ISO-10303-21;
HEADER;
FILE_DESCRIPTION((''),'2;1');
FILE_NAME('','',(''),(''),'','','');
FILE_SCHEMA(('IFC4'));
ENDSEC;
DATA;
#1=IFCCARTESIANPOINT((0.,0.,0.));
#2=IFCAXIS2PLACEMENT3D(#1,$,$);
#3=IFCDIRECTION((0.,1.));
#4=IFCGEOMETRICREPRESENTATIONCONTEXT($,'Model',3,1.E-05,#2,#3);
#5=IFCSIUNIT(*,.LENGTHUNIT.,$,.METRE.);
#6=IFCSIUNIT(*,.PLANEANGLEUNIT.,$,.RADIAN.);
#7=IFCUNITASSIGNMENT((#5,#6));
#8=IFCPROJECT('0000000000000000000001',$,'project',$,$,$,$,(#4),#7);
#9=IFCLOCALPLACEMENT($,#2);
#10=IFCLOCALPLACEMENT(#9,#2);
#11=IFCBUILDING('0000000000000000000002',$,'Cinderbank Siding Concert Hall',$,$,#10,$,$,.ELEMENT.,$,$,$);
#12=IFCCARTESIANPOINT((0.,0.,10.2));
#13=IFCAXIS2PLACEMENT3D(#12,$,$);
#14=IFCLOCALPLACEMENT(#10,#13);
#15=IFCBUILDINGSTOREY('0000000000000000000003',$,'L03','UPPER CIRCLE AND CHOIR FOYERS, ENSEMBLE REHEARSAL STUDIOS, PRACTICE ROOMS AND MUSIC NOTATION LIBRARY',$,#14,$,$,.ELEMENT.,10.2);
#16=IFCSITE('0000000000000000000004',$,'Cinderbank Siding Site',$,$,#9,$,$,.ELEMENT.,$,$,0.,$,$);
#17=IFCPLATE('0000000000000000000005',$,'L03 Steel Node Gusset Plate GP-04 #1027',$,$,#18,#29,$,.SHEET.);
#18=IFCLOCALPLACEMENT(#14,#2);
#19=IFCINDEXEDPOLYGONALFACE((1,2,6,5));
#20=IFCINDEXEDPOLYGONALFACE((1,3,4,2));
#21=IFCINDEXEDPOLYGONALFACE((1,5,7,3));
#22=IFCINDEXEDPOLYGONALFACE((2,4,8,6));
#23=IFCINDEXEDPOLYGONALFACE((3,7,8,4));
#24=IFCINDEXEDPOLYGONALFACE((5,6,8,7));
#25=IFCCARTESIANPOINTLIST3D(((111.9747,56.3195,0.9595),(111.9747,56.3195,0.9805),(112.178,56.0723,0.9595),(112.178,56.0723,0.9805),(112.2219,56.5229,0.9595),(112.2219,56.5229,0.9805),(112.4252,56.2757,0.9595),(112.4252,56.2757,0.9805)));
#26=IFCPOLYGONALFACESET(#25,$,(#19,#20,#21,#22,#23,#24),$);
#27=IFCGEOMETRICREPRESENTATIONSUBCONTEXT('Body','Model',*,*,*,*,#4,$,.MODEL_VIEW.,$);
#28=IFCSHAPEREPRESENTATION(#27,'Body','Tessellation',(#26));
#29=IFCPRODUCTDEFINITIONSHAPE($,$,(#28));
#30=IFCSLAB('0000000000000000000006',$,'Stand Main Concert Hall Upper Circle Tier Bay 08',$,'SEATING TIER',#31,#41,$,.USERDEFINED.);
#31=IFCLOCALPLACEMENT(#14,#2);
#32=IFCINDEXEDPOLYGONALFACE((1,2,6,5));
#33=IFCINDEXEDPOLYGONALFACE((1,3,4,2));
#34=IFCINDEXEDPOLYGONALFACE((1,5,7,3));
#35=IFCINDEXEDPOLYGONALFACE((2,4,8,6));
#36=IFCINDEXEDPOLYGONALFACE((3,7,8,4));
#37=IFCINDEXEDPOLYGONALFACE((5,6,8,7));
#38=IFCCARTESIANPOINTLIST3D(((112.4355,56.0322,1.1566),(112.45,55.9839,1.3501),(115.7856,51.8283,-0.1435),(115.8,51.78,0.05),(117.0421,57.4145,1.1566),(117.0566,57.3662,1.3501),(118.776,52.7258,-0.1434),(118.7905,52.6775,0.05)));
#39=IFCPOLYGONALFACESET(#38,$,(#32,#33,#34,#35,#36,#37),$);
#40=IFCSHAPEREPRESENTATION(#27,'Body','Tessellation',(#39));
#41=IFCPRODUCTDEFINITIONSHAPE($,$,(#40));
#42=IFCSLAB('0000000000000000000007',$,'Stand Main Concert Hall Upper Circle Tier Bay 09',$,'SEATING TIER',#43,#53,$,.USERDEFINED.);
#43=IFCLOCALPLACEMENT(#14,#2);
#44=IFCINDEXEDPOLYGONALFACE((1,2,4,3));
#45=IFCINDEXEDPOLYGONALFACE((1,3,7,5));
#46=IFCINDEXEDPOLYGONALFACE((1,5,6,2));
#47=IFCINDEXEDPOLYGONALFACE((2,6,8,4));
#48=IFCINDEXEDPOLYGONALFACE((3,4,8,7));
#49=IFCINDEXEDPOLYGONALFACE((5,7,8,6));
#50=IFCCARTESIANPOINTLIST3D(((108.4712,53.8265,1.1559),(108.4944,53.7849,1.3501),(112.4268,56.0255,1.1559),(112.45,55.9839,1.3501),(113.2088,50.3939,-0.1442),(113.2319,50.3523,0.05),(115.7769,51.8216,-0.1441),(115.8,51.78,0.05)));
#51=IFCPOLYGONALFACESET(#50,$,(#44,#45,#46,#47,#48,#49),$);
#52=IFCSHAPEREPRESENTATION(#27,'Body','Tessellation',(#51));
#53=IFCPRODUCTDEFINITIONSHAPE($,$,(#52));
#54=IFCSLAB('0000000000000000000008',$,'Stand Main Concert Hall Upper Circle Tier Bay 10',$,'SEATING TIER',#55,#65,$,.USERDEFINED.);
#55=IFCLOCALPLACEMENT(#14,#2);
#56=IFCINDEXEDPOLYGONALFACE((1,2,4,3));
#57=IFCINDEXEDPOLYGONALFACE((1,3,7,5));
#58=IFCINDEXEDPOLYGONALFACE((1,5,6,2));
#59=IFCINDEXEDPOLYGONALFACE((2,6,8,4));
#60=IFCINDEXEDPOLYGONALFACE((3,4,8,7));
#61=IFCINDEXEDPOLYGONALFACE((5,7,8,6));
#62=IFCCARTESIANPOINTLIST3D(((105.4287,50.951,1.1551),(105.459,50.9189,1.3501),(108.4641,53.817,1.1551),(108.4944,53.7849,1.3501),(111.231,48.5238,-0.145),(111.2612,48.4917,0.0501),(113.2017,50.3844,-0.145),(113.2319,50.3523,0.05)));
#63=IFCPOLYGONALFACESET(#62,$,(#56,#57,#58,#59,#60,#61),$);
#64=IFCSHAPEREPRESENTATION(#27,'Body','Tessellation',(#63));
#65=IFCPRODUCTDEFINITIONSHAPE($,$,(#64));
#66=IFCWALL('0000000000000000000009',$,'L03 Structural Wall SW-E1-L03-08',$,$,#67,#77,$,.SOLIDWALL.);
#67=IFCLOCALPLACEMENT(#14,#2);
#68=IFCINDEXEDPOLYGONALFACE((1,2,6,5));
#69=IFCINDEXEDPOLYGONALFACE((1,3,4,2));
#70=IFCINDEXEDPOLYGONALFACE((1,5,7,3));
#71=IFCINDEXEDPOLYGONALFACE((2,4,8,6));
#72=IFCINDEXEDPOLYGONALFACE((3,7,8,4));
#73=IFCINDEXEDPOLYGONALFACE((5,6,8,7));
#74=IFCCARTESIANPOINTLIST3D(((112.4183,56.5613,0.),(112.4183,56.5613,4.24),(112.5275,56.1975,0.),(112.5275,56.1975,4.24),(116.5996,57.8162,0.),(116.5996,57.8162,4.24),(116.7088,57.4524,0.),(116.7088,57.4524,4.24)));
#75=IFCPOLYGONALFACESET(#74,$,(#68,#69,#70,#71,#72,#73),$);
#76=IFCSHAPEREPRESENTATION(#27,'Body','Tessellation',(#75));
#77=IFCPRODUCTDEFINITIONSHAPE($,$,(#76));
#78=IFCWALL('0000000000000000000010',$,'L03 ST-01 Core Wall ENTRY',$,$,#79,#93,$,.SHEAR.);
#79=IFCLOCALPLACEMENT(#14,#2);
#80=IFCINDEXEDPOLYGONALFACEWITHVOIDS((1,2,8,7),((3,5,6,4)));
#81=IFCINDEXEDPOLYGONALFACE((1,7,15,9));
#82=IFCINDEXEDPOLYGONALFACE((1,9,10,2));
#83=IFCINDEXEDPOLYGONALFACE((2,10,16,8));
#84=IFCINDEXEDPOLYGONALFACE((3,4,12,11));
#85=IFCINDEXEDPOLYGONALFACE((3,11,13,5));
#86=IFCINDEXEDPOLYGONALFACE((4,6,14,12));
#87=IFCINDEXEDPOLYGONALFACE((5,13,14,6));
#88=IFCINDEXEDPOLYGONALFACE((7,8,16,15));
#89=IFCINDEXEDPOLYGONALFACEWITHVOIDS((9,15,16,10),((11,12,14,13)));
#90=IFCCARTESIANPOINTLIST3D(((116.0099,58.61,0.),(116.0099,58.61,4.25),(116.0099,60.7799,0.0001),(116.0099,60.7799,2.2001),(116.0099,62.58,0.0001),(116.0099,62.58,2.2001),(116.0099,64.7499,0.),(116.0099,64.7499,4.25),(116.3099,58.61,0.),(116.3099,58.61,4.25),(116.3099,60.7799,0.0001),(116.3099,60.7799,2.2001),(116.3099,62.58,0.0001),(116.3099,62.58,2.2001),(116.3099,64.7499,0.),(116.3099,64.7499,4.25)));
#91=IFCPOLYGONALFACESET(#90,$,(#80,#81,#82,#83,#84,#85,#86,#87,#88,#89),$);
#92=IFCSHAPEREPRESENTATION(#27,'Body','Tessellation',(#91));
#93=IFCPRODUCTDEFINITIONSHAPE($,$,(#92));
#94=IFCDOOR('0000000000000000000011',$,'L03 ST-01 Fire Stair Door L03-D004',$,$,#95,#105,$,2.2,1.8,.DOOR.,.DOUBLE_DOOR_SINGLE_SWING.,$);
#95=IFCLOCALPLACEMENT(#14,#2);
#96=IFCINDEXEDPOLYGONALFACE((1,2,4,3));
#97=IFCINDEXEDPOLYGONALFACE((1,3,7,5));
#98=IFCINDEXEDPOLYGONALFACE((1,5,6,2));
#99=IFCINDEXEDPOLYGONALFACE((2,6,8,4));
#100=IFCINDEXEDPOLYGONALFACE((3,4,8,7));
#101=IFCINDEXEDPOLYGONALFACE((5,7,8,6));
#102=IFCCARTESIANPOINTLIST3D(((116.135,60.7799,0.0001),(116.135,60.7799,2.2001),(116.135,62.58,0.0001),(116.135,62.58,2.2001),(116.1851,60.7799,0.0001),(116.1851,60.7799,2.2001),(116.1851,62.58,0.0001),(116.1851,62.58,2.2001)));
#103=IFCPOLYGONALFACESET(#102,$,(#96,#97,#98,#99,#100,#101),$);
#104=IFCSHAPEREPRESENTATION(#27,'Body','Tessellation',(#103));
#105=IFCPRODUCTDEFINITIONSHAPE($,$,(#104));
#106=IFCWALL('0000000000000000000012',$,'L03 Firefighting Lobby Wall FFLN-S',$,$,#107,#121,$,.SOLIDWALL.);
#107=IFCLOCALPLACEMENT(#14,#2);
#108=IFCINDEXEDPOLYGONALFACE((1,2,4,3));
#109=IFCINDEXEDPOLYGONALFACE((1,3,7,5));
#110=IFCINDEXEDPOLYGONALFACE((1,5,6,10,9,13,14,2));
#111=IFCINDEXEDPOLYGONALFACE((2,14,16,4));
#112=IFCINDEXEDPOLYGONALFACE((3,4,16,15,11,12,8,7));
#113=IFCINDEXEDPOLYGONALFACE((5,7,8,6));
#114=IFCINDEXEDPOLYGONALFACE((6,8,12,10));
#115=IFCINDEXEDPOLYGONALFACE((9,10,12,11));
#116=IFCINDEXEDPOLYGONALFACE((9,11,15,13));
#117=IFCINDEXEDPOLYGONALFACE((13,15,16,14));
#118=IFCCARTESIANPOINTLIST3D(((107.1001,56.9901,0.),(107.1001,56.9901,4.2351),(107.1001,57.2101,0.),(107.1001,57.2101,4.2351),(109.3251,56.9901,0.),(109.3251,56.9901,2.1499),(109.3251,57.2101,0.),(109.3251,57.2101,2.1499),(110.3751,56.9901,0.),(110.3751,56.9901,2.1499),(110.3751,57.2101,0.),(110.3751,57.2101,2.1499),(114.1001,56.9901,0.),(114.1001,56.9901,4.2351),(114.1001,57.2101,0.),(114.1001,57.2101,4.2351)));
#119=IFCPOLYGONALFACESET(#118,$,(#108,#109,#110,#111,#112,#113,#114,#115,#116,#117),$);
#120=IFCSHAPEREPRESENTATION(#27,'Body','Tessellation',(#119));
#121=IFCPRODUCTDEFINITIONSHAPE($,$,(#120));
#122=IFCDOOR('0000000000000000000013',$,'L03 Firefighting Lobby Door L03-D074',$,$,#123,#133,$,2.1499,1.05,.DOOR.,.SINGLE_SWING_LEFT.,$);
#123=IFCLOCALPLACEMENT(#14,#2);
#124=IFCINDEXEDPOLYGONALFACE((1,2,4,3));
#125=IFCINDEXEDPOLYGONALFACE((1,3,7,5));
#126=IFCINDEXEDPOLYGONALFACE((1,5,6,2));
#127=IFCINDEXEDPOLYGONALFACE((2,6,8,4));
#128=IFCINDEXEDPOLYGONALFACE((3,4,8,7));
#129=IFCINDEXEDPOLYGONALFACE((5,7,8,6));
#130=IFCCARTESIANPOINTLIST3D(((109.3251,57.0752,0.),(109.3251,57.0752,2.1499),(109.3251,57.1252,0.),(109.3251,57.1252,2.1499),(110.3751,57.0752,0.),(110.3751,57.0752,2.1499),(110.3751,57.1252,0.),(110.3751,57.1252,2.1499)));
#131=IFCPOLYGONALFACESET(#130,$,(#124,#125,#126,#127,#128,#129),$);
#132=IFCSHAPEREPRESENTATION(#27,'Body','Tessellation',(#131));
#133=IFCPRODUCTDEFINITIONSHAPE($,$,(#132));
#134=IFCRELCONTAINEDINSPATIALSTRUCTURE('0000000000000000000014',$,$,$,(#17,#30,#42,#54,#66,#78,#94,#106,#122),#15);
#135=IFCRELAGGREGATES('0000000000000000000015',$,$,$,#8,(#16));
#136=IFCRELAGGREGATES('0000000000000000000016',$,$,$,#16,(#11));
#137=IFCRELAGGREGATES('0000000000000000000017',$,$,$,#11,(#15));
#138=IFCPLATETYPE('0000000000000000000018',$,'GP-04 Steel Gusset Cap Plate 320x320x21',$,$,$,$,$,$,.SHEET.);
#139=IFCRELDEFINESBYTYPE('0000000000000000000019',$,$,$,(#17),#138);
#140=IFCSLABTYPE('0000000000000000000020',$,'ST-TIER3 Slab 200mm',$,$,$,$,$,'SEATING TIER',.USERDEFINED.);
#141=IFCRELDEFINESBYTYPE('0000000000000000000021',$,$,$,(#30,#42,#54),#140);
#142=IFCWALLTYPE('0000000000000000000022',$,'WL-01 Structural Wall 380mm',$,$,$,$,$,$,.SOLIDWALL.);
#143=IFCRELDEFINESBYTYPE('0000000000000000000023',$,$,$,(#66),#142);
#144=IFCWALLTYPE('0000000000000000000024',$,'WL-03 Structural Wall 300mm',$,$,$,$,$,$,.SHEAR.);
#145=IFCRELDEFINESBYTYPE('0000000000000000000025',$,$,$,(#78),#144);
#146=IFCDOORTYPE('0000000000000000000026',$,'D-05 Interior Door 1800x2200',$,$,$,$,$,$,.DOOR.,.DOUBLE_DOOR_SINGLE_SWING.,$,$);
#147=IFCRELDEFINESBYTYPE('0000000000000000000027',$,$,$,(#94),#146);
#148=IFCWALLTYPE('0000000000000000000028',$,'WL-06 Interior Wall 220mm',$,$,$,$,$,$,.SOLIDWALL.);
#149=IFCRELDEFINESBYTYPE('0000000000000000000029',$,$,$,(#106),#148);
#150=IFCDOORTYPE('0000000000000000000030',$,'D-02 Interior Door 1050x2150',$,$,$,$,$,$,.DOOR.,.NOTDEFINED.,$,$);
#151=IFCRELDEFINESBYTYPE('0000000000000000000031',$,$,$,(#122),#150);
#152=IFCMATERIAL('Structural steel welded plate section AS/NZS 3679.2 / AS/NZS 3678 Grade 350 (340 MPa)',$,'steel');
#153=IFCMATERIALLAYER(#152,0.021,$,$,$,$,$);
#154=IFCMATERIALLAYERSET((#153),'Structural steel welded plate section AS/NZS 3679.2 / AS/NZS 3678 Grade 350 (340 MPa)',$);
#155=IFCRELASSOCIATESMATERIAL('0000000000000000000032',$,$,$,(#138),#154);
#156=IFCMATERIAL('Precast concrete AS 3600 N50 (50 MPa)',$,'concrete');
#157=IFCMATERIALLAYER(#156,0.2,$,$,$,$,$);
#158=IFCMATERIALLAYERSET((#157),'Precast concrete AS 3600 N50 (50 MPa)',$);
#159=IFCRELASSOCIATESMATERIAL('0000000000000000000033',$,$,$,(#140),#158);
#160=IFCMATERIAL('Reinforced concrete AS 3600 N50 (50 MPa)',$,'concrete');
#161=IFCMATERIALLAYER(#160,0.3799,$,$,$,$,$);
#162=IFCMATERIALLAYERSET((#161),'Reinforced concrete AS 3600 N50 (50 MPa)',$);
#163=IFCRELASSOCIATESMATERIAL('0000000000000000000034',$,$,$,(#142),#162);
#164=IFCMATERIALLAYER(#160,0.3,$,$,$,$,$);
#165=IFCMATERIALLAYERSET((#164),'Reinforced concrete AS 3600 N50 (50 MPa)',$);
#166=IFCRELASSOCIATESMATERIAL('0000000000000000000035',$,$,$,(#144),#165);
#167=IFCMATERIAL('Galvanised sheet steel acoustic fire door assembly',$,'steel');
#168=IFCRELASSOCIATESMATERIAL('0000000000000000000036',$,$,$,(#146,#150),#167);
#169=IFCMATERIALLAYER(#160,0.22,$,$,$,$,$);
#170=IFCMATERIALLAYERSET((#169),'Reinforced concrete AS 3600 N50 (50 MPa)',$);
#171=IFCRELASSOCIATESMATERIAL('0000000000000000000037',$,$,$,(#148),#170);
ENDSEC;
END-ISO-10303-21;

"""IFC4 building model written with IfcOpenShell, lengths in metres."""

from ifc_helpers import new_model, si_unit, direction, frame, frame_2d, origin, origin_2d, place, context, subcontext, project, spatial, polyline, rectangle, outline, extrude, material, layer, layer_set, type_object, element, fill, save


model = new_model("IFC4")

# Units and contexts
model_context = context("Model", 3, precision=1e-05, world=origin(), true_north=direction((0.0, 1.0)))
body_context = subcontext(model_context, "Body", "Model", "MODEL_VIEW")
ifc_project = project(units=[si_unit("LENGTHUNIT", "METRE"), si_unit("PLANEANGLEUNIT", "RADIAN")], contexts=[model_context])

# Site, building, storey
site_placement = place(None, origin())
site = spatial("IfcSite", under=ifc_project, at=site_placement, Name="Cinderbank Siding Site", CompositionType="ELEMENT", RefElevation=0.0)
building_placement = place(site_placement, origin())
building = spatial("IfcBuilding", under=site, at=building_placement, Name="Cinderbank Siding Concert Hall", CompositionType="ELEMENT")
storey_placement = place(building_placement, frame((0.0, 0.0, 10.2)))
storey = spatial("IfcBuildingStorey", under=building, at=storey_placement, Name="L03", Description="UPPER CIRCLE AND CHOIR FOYERS, ENSEMBLE REHEARSAL STUDIOS, PRACTICE ROOMS AND MUSIC NOTATION LIBRARY", CompositionType="ELEMENT", Elevation=10.2)

# Shared definitions
ifc_material_1 = material(Name="Reinforced concrete AS 3600 N50 (50 MPa)", Category="concrete")

# Plate
ifc_material_2 = material(Name="Structural steel welded plate section AS/NZS 3679.2 / AS/NZS 3678 Grade 350 (340 MPa)", Category="steel")
ifc_layer_1 = layer(ifc_material_2, 0.021)
ifc_layer_set_1 = layer_set([ifc_layer_1], Name="Structural steel welded plate section AS/NZS 3679.2 / AS/NZS 3678 Grade 350 (340 MPa)")
plate_type_1 = type_object("IfcPlateType", Name="GP-04 Steel Gusset Cap Plate 320x320x21", PredefinedType="SHEET", material=ifc_layer_set_1)
plate_1_placement = place(storey_placement, frame((112.2, 56.2976, 0.9595), z_axis=(0.0, 0.0, 1.0), x_axis=(-0.63527, 0.77229, 0.0)))
element("IfcPlate", 1, at=plate_1_placement, inside=storey, type_object=plate_type_1, Name="L03 Steel Node Gusset Plate GP-04 #1027", PredefinedType="SHEET", context=body_context, shape_type="SweptSolid", body=[
    extrude(rectangle(XDim=0.3201, YDim=0.3201, at=origin_2d()), origin(), (0.0, 0.0, 1.0), 0.021),
])

# Slabs
ifc_material_3 = material(Name="Precast concrete AS 3600 N50 (50 MPa)", Category="concrete")
ifc_layer_2 = layer(ifc_material_3, 0.2)
ifc_layer_set_2 = layer_set([ifc_layer_2], Name="Precast concrete AS 3600 N50 (50 MPa)")
slab_type = type_object("IfcSlabType", Name="ST-TIER3 Slab 200mm", ElementType="SEATING TIER", PredefinedType="USERDEFINED", material=ifc_layer_set_2)
slab_1_placement = place(storey_placement, frame((118.7905, 52.6775, 0.05), z_axis=(0.072473, -0.241509, 0.967689), x_axis=(-0.957799, -0.28744, -0.000005)))
element("IfcSlab", 2, at=slab_1_placement, inside=storey, type_object=slab_type, Name="Stand Main Concert Hall Upper Circle Tier Bay 08", ObjectType="SEATING TIER", PredefinedType="USERDEFINED", context=body_context, shape_type="SweptSolid", body=[
    extrude(outline(polyline([(0.0, 0.0), (3.1222, 0.0), (5.1226, -5.156), (0.313, -5.1558), (0.0, 0.0)])), origin(), (0.0, 0.0, -1.0), 0.2),
])
slab_2_placement = place(storey_placement, frame((115.8, 51.78, 0.05), z_axis=(0.115712, -0.208141, 0.97123), x_axis=(-0.874013, -0.485903, -0.000003)))
element("IfcSlab", 3, at=slab_2_placement, inside=storey, type_object=slab_type, Name="Stand Main Concert Hall Upper Circle Tier Bay 09", ObjectType="SEATING TIER", PredefinedType="USERDEFINED", context=body_context, shape_type="SweptSolid", body=[
    extrude(outline(polyline([(0.0, 0.0), (2.9383, 0.0), (5.4111, -5.4592), (0.8854, -5.4591), (0.0, 0.0)])), origin(), (0.0, 0.0, -1.0), 0.2),
])
slab_3_placement = place(storey_placement, frame((113.2319, 50.3523, 0.05), z_axis=(0.15144, -0.160396, 0.975366), x_axis=(-0.727127, -0.686502, 0.000004)))
element("IfcSlab", 4, at=slab_3_placement, inside=storey, type_object=slab_type, Name="Stand Main Concert Hall Upper Circle Tier Bay 10", ObjectType="SEATING TIER", PredefinedType="USERDEFINED", context=body_context, shape_type="SweptSolid", body=[
    extrude(outline(polyline([(0.0, 0.0), (2.7103, 0.0), (5.2629, -5.8934), (1.0883, -5.8935), (0.0, 0.0)])), origin(), (0.0, 0.0, -1.0), 0.2),
])

# Wall
ifc_layer_3 = layer(ifc_material_1, 0.3799)
ifc_layer_set_3 = layer_set([ifc_layer_3], Name="Reinforced concrete AS 3600 N50 (50 MPa)")
wall_type_1 = type_object("IfcWallType", Name="WL-01 Structural Wall 380mm", PredefinedType="SOLIDWALL", material=ifc_layer_set_3)
wall_1_placement = place(storey_placement, frame((116.6541, 57.6343, 0.0), z_axis=(0.0, 0.0, 1.0), x_axis=(-0.957792, -0.287461, 0.0)))
element("IfcWall", 5, at=wall_1_placement, inside=storey, type_object=wall_type_1, Name="L03 Structural Wall SW-E1-L03-08", PredefinedType="SOLIDWALL", context=body_context, shape_type="SweptSolid", body=[
    extrude(rectangle(XDim=4.3655, YDim=0.3799, at=frame_2d((2.1826, 0.0))), origin(), (0.0, 0.0, 1.0), 4.24),
])

# Walls, openings, doors
ifc_layer_4 = layer(ifc_material_1, 0.3)
ifc_layer_set_4 = layer_set([ifc_layer_4], Name="Reinforced concrete AS 3600 N50 (50 MPa)")
wall_type_2 = type_object("IfcWallType", Name="WL-03 Structural Wall 300mm", PredefinedType="SHEAR", material=ifc_layer_set_4)
wall_2_placement = place(storey_placement, frame((116.1599, 58.6101, 0.0), z_axis=(0.0, 0.0, 1.0), x_axis=(0.0, 1.0, 0.0)))
wall_2 = element("IfcWall", 6, at=wall_2_placement, inside=storey, type_object=wall_type_2, Name="L03 ST-01 Core Wall ENTRY", PredefinedType="SHEAR", context=body_context, shape_type="SweptSolid", body=[
    extrude(rectangle(XDim=6.1399, YDim=0.3, at=frame_2d((3.0698, 0.0))), origin(), (0.0, 0.0, 1.0), 4.25),
])
opening_1_placement = place(wall_2_placement, frame((2.1699, 0.0, 0.0)))
opening_1 = element("IfcOpeningElement", 7, at=opening_1_placement, cuts=wall_2, PredefinedType="OPENING", context=body_context, shape_type="SweptSolid", body=[
    extrude(rectangle(XDim=1.8, YDim=2.2, at=frame_2d((0.8999, 1.1001))), frame((0.0, 0.1621, 0.0), z_axis=(0.0, -1.0, 0.0), x_axis=(1.0, 0.0, 0.0)), (0.0, 0.0, 1.0), 0.324),
])
ifc_material_4 = material(Name="Galvanised sheet steel acoustic fire door assembly", Category="steel")
door_type_1 = type_object("IfcDoorType", Name="D-05 Interior Door 1800x2200", OperationType="DOUBLE_DOOR_SINGLE_SWING", PredefinedType="DOOR", material=ifc_material_4)
door_1_placement = place(opening_1_placement, origin())
door_1 = element("IfcDoor", 8, at=door_1_placement, inside=storey, type_object=door_type_1, Name="L03 ST-01 Fire Stair Door L03-D004", OperationType="DOUBLE_DOOR_SINGLE_SWING", OverallHeight=2.2, OverallWidth=1.8, PredefinedType="DOOR", context=body_context, shape_type="SweptSolid", body=[
    extrude(rectangle(XDim=1.8, YDim=2.2, at=frame_2d((0.8999, 1.1001))), frame((0.0, 0.0249, 0.0), z_axis=(0.0, -1.0, 0.0), x_axis=(1.0, 0.0, 0.0)), (0.0, 0.0, 1.0), 0.05),
])
fill(opening_1, door_1)
ifc_layer_5 = layer(ifc_material_1, 0.22)
ifc_layer_set_5 = layer_set([ifc_layer_5], Name="Reinforced concrete AS 3600 N50 (50 MPa)")
wall_type_3 = type_object("IfcWallType", Name="WL-06 Interior Wall 220mm", PredefinedType="SOLIDWALL", material=ifc_layer_set_5)
wall_3_placement = place(storey_placement, frame((114.1001, 57.1001, 0.0), z_axis=(0.0, 0.0, 1.0), x_axis=(-1.0, 0.0, 0.0)))
wall_3 = element("IfcWall", 9, at=wall_3_placement, inside=storey, type_object=wall_type_3, Name="L03 Firefighting Lobby Wall FFLN-S", PredefinedType="SOLIDWALL", context=body_context, shape_type="SweptSolid", body=[
    extrude(rectangle(XDim=7.0, YDim=0.22, at=frame_2d((3.5, 0.0))), origin(), (0.0, 0.0, 1.0), 4.2351),
])
opening_2_placement = place(wall_3_placement, frame((3.7251, 0.0, 0.0)))
opening_2 = element("IfcOpeningElement", 10, at=opening_2_placement, cuts=wall_3, PredefinedType="OPENING", context=body_context, shape_type="SweptSolid", body=[
    extrude(rectangle(XDim=1.05, YDim=2.1499, at=frame_2d((0.5249, 1.075))), frame((0.0, 0.1221, 0.0), z_axis=(0.0, -1.0, 0.0), x_axis=(1.0, 0.0, 0.0)), (0.0, 0.0, 1.0), 0.2439),
])
door_type_2 = type_object("IfcDoorType", Name="D-02 Interior Door 1050x2150", OperationType="NOTDEFINED", PredefinedType="DOOR", material=ifc_material_4)
door_2_placement = place(opening_2_placement, origin())
door_2 = element("IfcDoor", 11, at=door_2_placement, inside=storey, type_object=door_type_2, Name="L03 Firefighting Lobby Door L03-D074", OperationType="SINGLE_SWING_LEFT", OverallHeight=2.1499, OverallWidth=1.05, PredefinedType="DOOR", context=body_context, shape_type="SweptSolid", body=[
    extrude(rectangle(XDim=1.05, YDim=2.1499, at=frame_2d((0.5249, 1.075))), frame((0.0, 0.0249, 0.0), z_axis=(0.0, -1.0, 0.0), x_axis=(1.0, 0.0, 0.0)), (0.0, 0.0, 1.0), 0.05),
])
fill(opening_2, door_2)

save(model, "model.ifc")
